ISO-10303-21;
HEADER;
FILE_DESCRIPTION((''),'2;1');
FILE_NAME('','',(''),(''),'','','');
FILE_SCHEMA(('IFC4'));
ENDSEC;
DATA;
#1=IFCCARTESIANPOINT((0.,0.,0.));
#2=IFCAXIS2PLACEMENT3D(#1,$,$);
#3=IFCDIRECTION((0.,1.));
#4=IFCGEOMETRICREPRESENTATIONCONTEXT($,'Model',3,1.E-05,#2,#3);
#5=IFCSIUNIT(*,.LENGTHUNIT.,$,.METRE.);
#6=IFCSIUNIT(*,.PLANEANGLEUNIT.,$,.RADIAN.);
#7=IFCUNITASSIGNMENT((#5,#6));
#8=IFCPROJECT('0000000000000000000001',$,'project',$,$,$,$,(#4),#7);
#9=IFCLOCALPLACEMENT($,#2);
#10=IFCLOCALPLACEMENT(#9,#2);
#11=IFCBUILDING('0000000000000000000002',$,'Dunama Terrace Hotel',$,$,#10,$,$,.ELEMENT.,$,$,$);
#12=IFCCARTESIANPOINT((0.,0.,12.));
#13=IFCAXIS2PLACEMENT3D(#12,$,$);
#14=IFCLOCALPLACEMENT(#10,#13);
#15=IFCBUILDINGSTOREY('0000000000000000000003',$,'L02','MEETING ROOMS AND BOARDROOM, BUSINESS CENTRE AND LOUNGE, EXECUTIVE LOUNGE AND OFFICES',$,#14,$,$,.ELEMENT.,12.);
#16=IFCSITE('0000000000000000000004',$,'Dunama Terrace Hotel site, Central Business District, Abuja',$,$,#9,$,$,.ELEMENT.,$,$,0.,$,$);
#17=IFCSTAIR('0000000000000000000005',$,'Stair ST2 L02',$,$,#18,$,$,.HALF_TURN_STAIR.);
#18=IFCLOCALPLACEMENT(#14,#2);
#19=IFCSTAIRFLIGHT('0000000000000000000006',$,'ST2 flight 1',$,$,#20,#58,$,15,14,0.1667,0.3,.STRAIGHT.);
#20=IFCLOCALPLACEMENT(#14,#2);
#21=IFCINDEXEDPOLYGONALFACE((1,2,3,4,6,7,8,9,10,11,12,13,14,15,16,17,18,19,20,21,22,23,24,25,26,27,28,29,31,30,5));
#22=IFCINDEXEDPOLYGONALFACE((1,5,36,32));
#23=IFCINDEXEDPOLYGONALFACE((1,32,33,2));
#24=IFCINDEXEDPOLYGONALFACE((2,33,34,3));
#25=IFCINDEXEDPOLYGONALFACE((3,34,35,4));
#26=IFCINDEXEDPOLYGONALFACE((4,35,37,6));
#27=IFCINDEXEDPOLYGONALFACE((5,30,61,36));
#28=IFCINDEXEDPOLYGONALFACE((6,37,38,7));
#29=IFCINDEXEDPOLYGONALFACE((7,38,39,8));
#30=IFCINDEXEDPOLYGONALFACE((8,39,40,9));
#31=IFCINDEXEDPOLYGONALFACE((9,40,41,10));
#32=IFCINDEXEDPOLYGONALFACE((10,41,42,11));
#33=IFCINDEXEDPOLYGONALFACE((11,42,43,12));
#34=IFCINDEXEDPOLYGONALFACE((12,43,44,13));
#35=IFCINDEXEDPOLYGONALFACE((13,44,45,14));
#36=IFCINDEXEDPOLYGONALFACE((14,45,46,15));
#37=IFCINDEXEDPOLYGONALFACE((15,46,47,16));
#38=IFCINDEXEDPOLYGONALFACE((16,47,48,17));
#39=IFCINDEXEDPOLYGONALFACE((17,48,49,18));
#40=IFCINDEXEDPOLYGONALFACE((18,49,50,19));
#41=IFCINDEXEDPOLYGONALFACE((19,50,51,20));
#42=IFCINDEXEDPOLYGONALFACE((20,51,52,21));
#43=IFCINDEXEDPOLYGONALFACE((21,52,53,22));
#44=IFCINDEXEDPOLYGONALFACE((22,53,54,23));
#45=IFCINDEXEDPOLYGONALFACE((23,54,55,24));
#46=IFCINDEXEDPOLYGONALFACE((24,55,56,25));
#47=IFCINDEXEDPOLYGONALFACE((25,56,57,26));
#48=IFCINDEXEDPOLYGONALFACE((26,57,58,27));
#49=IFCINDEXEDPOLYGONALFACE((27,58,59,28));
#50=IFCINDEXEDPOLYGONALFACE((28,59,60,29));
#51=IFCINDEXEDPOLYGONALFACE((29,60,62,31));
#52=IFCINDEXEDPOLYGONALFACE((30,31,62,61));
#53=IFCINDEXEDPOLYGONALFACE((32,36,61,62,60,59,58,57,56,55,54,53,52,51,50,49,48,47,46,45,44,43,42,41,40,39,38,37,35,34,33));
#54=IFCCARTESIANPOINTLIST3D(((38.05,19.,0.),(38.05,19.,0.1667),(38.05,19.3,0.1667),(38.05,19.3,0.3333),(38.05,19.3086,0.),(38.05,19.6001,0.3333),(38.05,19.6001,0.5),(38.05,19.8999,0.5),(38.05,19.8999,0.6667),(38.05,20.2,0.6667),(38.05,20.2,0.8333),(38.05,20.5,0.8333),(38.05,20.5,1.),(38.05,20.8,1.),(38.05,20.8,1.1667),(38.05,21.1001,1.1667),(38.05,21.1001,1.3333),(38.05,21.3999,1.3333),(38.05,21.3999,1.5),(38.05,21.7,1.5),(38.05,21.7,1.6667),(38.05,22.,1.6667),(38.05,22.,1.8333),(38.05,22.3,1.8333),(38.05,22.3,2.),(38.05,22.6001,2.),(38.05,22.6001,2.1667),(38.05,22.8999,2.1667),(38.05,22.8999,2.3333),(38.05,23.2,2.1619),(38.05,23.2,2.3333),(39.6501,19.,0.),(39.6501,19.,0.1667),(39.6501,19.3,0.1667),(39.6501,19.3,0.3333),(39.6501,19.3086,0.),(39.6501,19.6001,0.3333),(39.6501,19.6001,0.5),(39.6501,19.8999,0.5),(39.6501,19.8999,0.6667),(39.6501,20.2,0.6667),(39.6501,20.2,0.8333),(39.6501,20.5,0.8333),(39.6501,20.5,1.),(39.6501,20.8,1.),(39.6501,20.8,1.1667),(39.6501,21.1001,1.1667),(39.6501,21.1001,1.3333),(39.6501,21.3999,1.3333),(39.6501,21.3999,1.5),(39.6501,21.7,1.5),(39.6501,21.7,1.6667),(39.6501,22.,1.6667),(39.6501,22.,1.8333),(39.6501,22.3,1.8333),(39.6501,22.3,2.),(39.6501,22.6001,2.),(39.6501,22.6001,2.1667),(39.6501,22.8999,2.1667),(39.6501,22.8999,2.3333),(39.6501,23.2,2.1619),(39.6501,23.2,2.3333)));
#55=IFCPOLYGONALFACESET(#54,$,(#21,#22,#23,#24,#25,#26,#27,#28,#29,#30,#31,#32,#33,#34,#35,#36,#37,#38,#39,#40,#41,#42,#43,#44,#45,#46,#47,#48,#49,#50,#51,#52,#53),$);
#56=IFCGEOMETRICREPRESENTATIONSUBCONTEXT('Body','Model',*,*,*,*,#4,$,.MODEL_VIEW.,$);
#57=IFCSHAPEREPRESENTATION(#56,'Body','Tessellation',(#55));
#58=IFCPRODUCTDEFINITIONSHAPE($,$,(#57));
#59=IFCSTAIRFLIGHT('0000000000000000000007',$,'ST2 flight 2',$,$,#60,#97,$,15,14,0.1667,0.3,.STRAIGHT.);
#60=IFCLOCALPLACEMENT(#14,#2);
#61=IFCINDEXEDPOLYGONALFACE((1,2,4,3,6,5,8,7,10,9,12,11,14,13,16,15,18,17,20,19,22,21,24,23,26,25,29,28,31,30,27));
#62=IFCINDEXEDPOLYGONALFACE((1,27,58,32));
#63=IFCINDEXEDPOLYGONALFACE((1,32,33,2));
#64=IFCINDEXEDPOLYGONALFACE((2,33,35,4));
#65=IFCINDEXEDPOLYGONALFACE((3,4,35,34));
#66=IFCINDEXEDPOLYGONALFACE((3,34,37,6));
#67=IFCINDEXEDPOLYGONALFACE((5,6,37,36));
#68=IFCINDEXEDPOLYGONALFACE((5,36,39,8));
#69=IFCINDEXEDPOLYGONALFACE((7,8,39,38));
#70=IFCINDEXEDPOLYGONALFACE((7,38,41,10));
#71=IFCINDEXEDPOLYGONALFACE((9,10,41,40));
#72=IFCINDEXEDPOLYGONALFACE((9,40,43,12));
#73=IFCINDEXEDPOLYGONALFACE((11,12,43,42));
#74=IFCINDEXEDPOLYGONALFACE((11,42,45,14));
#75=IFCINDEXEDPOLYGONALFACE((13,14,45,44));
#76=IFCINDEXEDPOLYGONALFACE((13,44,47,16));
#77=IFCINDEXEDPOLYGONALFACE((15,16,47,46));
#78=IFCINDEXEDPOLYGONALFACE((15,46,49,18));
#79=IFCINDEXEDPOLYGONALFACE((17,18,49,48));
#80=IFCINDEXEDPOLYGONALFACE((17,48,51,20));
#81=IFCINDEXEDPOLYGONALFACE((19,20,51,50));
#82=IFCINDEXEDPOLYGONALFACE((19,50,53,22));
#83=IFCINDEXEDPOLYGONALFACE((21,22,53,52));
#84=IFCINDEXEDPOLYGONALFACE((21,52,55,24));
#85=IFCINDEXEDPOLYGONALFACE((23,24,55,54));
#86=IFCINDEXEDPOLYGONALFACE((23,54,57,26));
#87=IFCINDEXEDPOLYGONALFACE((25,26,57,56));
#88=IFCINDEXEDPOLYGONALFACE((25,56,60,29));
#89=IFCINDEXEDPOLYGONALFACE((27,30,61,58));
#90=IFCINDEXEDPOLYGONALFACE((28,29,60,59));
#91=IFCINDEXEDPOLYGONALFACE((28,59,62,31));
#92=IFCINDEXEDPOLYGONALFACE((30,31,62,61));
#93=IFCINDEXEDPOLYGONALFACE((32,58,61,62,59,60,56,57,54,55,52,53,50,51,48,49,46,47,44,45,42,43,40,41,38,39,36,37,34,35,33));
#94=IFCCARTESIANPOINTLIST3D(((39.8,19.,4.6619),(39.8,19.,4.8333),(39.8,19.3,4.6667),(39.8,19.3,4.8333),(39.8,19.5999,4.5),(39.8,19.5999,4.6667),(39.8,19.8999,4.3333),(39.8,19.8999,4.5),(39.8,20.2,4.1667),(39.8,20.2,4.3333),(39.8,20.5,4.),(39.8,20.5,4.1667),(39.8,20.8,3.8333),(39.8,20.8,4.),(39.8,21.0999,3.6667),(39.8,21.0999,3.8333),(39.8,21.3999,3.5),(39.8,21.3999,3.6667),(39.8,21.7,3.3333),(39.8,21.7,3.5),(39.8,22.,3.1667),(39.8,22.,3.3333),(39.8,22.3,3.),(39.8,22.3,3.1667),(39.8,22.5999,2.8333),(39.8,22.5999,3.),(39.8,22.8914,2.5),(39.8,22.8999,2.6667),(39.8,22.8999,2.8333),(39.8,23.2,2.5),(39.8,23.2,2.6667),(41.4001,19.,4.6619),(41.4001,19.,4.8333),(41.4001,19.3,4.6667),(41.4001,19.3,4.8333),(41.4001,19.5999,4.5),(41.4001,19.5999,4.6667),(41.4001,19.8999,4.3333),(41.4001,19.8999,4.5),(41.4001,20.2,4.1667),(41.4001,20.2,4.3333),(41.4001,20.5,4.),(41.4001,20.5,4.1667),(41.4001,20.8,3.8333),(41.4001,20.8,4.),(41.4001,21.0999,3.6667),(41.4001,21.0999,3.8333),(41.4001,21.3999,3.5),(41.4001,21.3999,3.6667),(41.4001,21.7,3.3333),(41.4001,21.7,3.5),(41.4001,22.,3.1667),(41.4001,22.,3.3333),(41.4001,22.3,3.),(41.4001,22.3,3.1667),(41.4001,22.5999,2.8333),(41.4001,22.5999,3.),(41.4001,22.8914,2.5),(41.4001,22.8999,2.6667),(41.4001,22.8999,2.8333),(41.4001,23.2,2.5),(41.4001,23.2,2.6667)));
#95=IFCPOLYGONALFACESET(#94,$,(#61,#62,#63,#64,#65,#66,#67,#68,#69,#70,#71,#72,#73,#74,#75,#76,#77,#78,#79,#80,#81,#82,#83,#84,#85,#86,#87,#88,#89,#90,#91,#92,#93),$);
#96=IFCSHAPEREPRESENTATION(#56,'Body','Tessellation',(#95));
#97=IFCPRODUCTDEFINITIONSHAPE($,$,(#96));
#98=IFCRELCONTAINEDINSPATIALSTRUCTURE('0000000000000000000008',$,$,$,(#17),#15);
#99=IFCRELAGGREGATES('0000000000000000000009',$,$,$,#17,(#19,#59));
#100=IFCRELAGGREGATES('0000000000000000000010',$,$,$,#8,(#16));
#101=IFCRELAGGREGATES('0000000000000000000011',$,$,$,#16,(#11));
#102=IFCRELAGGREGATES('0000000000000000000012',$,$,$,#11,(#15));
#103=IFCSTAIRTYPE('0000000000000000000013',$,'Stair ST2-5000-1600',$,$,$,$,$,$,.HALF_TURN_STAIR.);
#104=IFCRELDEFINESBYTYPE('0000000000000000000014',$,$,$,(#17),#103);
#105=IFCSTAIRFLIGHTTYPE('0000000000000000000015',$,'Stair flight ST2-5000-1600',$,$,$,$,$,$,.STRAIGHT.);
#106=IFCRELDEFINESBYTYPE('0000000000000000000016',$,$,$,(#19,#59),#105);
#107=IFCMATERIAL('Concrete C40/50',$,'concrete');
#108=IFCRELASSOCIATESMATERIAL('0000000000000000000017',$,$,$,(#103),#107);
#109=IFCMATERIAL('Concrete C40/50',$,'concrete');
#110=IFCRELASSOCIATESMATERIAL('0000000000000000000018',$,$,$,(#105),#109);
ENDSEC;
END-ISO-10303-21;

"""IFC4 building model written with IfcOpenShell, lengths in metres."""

from ifc_helpers import new_model, si_unit, direction, frame, origin, place, context, subcontext, project, spatial, polyline, outline, extrude, material, type_object, element, aggregate, save


model = new_model("IFC4")

# Units and contexts
model_context = context("Model", 3, precision=1e-05, world=origin(), true_north=direction((0.0, 1.0)))
body_context = subcontext(model_context, "Body", "Model", "MODEL_VIEW")
ifc_project = project(units=[si_unit("LENGTHUNIT", "METRE"), si_unit("PLANEANGLEUNIT", "RADIAN")], contexts=[model_context])

# Site, building, storey
site_placement = place(None, origin())
site = spatial("IfcSite", under=ifc_project, at=site_placement, Name="Dunama Terrace Hotel site, Central Business District, Abuja", CompositionType="ELEMENT", RefElevation=0.0)
building_placement = place(site_placement, origin())
building = spatial("IfcBuilding", under=site, at=building_placement, Name="Dunama Terrace Hotel", CompositionType="ELEMENT")
storey_placement = place(building_placement, frame((0.0, 0.0, 12.0)))
storey = spatial("IfcBuildingStorey", under=building, at=storey_placement, Name="L02", Description="MEETING ROOMS AND BOARDROOM, BUSINESS CENTRE AND LOUNGE, EXECUTIVE LOUNGE AND OFFICES", CompositionType="ELEMENT", Elevation=12.0)

# Stair, stair flights
ifc_material_1 = material(Name="Concrete C40/50", Category="concrete")
stair_type = type_object("IfcStairType", Name="Stair ST2-5000-1600", PredefinedType="HALF_TURN_STAIR", material=ifc_material_1)
stair_placement = place(storey_placement, origin())
stair = element("IfcStair", 1, at=stair_placement, inside=storey, type_object=stair_type, Name="Stair ST2 L02", PredefinedType="HALF_TURN_STAIR")
ifc_material_2 = material(Name="Concrete C40/50", Category="concrete")
stair_flight_type = type_object("IfcStairFlightType", Name="Stair flight ST2-5000-1600", PredefinedType="STRAIGHT", material=ifc_material_2)
stair_flight_1_placement = place(storey_placement, frame((38.8501, 19.0, 0.0), z_axis=(0.0, 0.0, 1.0), x_axis=(0.0, 1.0, 0.0)))
stair_flight_1 = element("IfcStairFlight", 2, at=stair_flight_1_placement, type_object=stair_flight_type, Name="ST2 flight 1", NumberOfRisers=15, NumberOfTreads=14, PredefinedType="STRAIGHT", RiserHeight=0.1667, TreadLength=0.3, context=body_context, shape_type="SweptSolid", body=[
    extrude(outline(polyline([(0.0, 0.0), (0.0, 0.1667), (0.3, 0.1667), (0.3, 0.3333), (0.6001, 0.3333), (0.6001, 0.5), (0.8999, 0.5), (0.8999, 0.6667), (1.2, 0.6667), (1.2, 0.8333), (1.5, 0.8333), (1.5, 1.0), (1.8, 1.0), (1.8, 1.1667), (2.1001, 1.1667), (2.1001, 1.3333), (2.3999, 1.3333), (2.3999, 1.5), (2.7, 1.5), (2.7, 1.6667), (3.0, 1.6667), (3.0, 1.8333), (3.3, 1.8333), (3.3, 2.0), (3.6001, 2.0), (3.6001, 2.1667), (3.8999, 2.1667), (3.8999, 2.3333), (4.2, 2.3333), (4.2, 2.5), (4.2, 2.1619), (0.3086, 0.0), (0.0, 0.0)])), frame((0.0, 0.8, 0.0), z_axis=(0.0, -1.0, 0.0), x_axis=(1.0, 0.0, 0.0)), (0.0, 0.0, 1.0), 1.6001),
])
stair_flight_2_placement = place(storey_placement, frame((40.6001, 23.2, 2.5), z_axis=(0.0, 0.0, 1.0), x_axis=(0.0, -1.0, 0.0)))
stair_flight_2 = element("IfcStairFlight", 3, at=stair_flight_2_placement, type_object=stair_flight_type, Name="ST2 flight 2", NumberOfRisers=15, NumberOfTreads=14, PredefinedType="STRAIGHT", RiserHeight=0.1667, TreadLength=0.3, context=body_context, shape_type="SweptSolid", body=[
    extrude(outline(polyline([(0.0, 0.0), (0.0, 0.1667), (0.3, 0.1667), (0.3, 0.3333), (0.6001, 0.3333), (0.6001, 0.5), (0.8999, 0.5), (0.8999, 0.6667), (1.2, 0.6667), (1.2, 0.8333), (1.5, 0.8333), (1.5, 1.0), (1.8, 1.0), (1.8, 1.1667), (2.1001, 1.1667), (2.1001, 1.3333), (2.3999, 1.3333), (2.3999, 1.5), (2.7, 1.5), (2.7, 1.6667), (3.0, 1.6667), (3.0, 1.8333), (3.3, 1.8333), (3.3, 2.0), (3.6001, 2.0), (3.6001, 2.1667), (3.8999, 2.1667), (3.8999, 2.3333), (4.2, 2.3333), (4.2, 2.5), (4.2, 2.1619), (0.3086, 0.0), (0.0, 0.0)])), frame((0.0, 0.8, 0.0), z_axis=(0.0, -1.0, 0.0), x_axis=(1.0, 0.0, 0.0)), (0.0, 0.0, 1.0), 1.6001),
])
aggregate(stair, [stair_flight_1, stair_flight_2])

save(model, "model.ifc")
